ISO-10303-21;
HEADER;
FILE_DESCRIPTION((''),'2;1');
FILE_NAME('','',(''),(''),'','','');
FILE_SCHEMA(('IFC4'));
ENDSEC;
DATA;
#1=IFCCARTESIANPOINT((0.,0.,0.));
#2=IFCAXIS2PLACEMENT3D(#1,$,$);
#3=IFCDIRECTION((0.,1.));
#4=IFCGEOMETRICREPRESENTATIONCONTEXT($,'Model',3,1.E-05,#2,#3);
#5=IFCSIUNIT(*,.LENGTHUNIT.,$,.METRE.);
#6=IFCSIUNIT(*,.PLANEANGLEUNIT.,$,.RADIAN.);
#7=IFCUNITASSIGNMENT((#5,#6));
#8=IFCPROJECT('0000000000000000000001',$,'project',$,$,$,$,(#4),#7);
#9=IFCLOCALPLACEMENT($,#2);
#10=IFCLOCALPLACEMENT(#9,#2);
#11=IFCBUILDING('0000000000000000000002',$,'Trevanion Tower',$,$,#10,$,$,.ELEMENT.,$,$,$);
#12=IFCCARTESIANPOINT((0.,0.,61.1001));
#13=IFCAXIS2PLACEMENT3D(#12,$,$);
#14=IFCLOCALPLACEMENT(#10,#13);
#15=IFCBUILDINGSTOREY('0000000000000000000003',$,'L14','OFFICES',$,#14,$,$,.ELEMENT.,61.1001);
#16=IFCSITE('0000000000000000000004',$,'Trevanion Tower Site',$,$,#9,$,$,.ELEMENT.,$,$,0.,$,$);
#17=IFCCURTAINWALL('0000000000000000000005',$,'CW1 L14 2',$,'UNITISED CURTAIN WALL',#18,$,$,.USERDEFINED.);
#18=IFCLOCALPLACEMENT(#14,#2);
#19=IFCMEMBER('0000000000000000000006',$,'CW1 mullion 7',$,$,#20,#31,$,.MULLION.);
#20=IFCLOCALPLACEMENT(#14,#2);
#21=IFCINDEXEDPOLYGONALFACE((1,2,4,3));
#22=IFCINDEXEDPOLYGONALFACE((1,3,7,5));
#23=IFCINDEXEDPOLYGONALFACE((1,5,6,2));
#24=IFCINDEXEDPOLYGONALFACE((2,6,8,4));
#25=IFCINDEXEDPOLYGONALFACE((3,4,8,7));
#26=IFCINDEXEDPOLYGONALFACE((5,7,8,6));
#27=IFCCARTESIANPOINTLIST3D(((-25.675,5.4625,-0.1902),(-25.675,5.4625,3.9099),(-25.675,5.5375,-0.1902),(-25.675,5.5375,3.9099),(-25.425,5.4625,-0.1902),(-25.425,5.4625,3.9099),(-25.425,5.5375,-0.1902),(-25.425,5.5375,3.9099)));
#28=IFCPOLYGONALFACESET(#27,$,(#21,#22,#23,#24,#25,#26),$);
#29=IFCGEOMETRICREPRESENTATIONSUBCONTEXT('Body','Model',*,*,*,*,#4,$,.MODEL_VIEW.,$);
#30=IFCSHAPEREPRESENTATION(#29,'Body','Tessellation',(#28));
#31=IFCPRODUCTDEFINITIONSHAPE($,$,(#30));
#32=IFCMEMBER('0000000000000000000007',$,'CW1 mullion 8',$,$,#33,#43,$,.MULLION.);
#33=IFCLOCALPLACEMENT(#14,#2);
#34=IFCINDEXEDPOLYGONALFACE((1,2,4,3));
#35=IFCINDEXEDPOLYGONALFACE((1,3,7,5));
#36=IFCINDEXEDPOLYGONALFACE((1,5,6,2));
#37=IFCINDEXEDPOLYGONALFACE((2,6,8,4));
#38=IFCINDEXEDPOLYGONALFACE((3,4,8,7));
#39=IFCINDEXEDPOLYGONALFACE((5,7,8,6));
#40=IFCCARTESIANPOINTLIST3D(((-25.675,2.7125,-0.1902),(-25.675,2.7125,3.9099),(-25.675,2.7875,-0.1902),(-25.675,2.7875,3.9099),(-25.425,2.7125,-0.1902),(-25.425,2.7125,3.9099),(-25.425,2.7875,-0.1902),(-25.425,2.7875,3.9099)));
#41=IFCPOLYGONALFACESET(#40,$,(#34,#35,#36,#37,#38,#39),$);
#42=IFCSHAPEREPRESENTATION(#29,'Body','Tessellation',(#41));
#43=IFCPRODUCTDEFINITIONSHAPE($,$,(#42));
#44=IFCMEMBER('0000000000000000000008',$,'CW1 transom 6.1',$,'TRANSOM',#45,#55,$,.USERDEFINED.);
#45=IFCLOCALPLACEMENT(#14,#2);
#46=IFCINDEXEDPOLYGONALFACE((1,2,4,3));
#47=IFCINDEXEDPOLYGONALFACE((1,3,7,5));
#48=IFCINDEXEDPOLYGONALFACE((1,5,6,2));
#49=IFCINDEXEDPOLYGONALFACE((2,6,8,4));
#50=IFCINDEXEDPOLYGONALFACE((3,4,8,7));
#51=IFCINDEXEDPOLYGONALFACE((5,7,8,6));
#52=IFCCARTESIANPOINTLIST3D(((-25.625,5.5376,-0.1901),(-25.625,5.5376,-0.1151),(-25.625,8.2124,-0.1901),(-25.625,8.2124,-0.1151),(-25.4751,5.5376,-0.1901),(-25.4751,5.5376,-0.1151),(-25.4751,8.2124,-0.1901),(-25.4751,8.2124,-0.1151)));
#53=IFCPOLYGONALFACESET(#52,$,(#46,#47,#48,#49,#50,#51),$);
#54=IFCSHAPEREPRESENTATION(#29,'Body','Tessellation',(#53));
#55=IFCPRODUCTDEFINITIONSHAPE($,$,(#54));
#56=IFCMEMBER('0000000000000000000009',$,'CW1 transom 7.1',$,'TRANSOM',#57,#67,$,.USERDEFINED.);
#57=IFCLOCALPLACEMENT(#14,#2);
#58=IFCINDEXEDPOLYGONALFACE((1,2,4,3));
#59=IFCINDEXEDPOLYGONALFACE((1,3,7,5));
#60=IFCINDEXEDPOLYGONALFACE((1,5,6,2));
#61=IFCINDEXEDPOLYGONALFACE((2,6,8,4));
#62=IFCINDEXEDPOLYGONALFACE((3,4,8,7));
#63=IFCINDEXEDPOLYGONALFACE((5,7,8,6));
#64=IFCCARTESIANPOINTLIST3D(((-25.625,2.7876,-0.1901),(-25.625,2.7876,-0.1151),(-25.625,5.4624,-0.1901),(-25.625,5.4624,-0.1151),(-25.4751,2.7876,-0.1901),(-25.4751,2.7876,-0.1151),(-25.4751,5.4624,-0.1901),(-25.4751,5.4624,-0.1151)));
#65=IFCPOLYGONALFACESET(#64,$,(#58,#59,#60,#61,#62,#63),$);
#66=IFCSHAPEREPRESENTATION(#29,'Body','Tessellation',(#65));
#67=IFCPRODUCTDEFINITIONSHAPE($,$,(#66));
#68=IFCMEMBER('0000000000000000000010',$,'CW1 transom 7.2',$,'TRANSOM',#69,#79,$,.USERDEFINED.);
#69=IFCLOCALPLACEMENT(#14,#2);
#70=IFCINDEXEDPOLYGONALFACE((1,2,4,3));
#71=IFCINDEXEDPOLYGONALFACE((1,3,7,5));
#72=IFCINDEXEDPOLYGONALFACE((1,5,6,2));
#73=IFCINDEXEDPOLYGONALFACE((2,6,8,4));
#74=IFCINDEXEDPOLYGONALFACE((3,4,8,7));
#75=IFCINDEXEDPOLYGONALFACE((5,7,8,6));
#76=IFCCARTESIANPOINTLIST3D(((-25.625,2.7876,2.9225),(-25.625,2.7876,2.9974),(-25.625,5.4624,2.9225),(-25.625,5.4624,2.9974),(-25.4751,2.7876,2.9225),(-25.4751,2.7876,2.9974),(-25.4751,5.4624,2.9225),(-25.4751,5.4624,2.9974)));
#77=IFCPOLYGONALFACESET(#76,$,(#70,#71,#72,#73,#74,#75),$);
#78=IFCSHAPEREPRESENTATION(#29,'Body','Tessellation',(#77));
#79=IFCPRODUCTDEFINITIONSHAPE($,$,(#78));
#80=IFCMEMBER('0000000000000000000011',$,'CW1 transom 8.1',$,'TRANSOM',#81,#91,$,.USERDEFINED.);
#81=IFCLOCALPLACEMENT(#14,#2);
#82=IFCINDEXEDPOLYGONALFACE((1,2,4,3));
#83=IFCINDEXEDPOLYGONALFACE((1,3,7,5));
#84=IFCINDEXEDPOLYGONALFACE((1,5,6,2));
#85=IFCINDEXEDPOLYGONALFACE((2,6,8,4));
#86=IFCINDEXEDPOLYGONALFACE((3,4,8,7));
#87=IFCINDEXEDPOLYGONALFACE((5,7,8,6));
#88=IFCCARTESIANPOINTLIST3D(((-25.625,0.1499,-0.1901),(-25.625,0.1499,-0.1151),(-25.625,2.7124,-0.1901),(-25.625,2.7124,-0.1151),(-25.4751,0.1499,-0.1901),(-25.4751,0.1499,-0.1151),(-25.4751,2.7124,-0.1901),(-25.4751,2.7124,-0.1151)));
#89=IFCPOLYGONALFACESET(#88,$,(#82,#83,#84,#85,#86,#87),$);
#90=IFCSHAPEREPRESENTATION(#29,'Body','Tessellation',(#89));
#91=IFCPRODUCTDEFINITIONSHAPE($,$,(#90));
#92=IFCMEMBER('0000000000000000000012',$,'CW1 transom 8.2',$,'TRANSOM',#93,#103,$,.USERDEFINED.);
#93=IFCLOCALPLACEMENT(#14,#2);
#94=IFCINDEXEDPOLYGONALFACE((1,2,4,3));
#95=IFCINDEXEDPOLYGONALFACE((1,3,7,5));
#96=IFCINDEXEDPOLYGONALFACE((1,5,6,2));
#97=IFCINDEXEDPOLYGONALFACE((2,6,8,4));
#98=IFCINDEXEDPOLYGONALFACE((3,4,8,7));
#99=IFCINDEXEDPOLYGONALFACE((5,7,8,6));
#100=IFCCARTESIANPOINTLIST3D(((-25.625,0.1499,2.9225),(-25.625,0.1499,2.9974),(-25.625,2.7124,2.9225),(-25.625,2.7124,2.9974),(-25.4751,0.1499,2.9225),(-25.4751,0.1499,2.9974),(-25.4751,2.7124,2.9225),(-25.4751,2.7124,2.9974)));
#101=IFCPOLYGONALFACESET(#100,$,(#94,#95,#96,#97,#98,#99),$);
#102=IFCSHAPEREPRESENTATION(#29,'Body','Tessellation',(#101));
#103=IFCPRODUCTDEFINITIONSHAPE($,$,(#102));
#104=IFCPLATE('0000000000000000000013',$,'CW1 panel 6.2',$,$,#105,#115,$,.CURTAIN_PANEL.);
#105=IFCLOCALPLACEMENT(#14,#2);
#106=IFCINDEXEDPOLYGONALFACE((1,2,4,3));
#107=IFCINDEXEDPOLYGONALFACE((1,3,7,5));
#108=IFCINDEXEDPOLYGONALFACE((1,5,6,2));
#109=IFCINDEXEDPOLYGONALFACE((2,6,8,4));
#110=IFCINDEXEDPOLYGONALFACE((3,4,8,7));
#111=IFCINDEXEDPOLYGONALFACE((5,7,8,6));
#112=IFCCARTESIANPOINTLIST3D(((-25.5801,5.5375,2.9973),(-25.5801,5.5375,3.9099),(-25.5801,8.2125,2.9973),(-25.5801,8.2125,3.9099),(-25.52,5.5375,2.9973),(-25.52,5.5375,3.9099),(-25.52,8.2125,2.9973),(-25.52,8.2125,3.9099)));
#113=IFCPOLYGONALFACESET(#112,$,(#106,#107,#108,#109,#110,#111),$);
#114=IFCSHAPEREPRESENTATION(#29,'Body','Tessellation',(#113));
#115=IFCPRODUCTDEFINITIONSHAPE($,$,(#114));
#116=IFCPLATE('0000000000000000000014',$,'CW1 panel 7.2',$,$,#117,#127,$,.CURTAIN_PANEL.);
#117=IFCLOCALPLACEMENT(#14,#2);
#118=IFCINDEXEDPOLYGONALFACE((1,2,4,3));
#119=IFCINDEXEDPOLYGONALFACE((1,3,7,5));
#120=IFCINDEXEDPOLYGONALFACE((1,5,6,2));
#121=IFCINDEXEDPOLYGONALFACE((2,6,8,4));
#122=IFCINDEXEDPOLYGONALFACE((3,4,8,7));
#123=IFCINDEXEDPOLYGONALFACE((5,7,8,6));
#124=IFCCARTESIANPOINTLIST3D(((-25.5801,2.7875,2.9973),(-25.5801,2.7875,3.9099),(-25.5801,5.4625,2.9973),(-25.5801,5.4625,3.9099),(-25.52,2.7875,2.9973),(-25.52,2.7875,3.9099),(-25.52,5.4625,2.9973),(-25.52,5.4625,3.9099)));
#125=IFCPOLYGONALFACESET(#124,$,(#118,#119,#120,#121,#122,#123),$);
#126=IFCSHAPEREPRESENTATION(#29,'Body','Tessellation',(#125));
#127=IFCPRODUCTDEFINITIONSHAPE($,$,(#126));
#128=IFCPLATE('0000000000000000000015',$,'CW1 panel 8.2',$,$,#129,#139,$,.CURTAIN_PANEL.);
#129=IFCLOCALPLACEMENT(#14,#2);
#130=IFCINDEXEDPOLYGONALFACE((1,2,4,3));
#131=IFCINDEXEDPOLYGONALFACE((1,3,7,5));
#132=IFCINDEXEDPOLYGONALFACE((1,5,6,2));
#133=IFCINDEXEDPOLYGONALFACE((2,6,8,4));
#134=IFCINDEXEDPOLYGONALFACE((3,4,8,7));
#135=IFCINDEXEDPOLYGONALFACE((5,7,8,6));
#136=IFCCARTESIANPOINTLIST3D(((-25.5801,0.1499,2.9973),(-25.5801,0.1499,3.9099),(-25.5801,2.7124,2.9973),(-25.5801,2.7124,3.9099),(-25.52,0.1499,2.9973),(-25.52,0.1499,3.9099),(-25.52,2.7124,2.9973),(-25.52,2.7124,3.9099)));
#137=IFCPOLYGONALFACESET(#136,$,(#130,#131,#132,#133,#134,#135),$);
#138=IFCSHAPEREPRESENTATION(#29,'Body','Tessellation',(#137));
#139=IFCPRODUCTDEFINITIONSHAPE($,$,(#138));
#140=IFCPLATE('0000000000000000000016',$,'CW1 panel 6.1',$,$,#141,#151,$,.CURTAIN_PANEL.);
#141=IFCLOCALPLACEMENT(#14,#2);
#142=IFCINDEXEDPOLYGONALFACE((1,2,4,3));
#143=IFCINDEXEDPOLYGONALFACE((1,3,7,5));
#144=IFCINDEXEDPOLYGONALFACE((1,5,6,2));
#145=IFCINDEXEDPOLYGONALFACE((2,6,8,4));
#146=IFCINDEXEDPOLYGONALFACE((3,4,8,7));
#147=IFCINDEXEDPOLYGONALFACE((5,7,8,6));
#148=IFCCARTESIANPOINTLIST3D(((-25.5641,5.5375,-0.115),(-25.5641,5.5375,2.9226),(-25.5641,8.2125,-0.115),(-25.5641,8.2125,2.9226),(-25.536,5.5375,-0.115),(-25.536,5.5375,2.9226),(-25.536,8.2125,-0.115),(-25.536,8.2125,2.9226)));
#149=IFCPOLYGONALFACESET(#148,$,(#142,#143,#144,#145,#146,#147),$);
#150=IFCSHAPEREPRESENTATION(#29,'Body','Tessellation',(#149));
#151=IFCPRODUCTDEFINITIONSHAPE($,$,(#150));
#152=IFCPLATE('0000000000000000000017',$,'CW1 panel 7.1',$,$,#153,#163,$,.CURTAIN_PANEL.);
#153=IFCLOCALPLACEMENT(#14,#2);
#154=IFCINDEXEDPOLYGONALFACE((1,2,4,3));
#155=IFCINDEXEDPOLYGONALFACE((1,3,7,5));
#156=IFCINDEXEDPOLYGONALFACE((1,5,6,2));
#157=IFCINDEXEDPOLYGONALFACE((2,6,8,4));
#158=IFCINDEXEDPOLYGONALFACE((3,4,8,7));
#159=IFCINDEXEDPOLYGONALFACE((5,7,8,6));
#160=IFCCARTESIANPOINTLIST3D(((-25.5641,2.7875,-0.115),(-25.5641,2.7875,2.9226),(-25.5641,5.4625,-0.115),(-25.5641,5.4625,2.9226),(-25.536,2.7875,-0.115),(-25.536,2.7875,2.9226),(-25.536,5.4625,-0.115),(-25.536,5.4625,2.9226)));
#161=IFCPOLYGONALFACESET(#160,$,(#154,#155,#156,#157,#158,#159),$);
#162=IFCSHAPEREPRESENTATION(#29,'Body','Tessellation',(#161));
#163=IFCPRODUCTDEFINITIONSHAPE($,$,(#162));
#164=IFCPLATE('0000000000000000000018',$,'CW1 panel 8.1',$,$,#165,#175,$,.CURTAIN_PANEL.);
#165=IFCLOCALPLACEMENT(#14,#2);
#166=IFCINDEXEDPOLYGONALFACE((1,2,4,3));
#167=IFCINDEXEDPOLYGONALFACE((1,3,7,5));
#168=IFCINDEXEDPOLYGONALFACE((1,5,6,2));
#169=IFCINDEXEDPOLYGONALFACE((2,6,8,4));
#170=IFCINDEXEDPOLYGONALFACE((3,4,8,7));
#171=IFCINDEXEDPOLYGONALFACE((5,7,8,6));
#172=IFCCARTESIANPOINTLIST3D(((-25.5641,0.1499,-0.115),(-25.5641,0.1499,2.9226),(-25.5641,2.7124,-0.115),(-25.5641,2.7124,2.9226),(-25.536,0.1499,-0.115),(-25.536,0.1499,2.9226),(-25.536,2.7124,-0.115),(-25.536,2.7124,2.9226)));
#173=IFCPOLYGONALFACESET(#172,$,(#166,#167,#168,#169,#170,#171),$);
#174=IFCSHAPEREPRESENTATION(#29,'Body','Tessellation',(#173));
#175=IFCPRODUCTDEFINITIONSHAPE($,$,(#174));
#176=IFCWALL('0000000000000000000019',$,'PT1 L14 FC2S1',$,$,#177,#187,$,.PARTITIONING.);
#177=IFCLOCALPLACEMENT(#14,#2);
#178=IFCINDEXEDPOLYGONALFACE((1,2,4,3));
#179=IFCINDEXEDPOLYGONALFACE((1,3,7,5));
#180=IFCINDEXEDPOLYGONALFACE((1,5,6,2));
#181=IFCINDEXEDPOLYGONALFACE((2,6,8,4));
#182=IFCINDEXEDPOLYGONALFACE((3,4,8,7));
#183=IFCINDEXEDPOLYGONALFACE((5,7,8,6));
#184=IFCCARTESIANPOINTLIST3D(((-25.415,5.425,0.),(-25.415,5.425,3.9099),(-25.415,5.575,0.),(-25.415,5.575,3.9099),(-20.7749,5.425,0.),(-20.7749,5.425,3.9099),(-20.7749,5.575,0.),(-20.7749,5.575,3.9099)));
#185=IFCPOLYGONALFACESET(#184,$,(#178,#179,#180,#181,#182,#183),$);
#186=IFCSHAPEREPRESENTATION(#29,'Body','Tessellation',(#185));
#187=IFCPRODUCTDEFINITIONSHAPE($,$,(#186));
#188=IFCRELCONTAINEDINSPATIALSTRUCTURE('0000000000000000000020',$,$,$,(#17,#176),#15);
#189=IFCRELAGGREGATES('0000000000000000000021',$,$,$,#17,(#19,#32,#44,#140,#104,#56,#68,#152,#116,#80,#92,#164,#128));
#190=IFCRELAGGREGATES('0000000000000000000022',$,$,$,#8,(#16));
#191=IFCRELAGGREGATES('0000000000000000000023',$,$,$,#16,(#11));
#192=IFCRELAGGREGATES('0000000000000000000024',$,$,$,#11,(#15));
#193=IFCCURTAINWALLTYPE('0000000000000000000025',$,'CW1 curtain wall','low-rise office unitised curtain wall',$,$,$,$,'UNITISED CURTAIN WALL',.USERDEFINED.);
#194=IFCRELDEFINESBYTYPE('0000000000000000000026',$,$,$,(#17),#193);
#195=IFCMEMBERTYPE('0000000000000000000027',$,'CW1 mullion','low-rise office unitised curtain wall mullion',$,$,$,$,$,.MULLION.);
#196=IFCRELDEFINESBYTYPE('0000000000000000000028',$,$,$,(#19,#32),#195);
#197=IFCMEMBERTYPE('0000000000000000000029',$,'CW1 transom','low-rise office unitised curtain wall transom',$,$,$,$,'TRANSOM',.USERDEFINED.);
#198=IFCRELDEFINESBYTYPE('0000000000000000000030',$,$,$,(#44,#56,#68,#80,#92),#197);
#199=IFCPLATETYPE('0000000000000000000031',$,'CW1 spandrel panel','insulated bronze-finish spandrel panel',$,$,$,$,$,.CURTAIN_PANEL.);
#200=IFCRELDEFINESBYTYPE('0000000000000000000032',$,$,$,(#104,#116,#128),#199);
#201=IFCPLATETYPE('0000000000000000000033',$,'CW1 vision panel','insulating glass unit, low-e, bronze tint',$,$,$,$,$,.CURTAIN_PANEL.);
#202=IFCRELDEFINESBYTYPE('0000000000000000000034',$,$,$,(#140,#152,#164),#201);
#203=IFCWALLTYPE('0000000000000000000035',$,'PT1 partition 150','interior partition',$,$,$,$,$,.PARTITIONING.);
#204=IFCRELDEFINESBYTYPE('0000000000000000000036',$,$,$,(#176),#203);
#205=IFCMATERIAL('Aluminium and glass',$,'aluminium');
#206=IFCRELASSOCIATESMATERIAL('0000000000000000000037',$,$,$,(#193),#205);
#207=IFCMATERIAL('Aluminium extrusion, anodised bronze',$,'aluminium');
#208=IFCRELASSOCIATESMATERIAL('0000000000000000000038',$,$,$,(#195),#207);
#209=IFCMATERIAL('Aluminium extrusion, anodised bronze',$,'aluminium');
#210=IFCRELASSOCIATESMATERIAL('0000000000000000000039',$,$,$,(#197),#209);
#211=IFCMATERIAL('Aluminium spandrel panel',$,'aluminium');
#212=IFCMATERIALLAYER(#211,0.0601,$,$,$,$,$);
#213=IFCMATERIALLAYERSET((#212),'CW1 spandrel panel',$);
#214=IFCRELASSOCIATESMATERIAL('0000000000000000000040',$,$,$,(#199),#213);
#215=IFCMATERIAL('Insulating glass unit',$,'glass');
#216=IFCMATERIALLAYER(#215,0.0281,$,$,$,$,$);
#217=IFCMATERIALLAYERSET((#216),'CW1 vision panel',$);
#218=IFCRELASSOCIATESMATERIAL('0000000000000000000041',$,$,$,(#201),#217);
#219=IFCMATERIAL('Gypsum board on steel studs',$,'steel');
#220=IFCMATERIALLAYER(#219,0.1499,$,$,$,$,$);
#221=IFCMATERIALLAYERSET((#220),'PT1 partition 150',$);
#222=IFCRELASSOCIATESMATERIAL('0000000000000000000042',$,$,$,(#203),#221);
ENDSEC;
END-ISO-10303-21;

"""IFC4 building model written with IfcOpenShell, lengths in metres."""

from ifc_helpers import new_model, si_unit, direction, frame, frame_2d, origin, origin_2d, place, context, subcontext, project, spatial, rectangle, extrude, material, layer, layer_set, material_profile, profile_set, type_object, element, aggregate, save


model = new_model("IFC4")

# Units and contexts
model_context = context("Model", 3, precision=1e-05, world=origin(), true_north=direction((0.0, 1.0)))
body_context = subcontext(model_context, "Body", "Model", "MODEL_VIEW")
ifc_project = project(units=[si_unit("LENGTHUNIT", "METRE"), si_unit("PLANEANGLEUNIT", "RADIAN")], contexts=[model_context])

# Site, building, storey
site_placement = place(None, origin())
site = spatial("IfcSite", under=ifc_project, at=site_placement, Name="Trevanion Tower Site", CompositionType="ELEMENT", RefElevation=0.0)
building_placement = place(site_placement, origin())
building = spatial("IfcBuilding", under=site, at=building_placement, Name="Trevanion Tower", CompositionType="ELEMENT")
storey_placement = place(building_placement, frame((0.0, 0.0, 61.1001)))
storey = spatial("IfcBuildingStorey", under=building, at=storey_placement, Name="L14", Description="OFFICES", CompositionType="ELEMENT", Elevation=61.1001)

# Curtain wall, members, plates
ifc_material_1 = material(Name="Aluminium and glass", Category="aluminium")
curtain_wall_type = type_object("IfcCurtainWallType", Name="CW1 curtain wall", Description="low-rise office unitised curtain wall", ElementType="UNITISED CURTAIN WALL", PredefinedType="USERDEFINED", material=ifc_material_1)
curtain_wall_placement = place(storey_placement, origin())
curtain_wall = element("IfcCurtainWall", 1, at=curtain_wall_placement, inside=storey, type_object=curtain_wall_type, Name="CW1 L14 2", ObjectType="UNITISED CURTAIN WALL", PredefinedType="USERDEFINED")
ifc_material_2 = material(Name="Aluminium extrusion, anodised bronze", Category="aluminium")
ifc_material_profile_1 = material_profile(ifc_material_2, rectangle(XDim=0.075, YDim=0.25, at=origin_2d()), Name="CW1 mullion")
ifc_profile_set_1 = profile_set([ifc_material_profile_1], Name="Aluminium extrusion, anodised bronze")
member_type_1 = type_object("IfcMemberType", Name="CW1 mullion", Description="low-rise office unitised curtain wall mullion", PredefinedType="MULLION", material=ifc_profile_set_1)
member_1_placement = place(storey_placement, frame((-25.55, 5.5, -0.1902), z_axis=(0.0, 0.0, 1.0), x_axis=(0.0, -1.0, 0.0)))
member_1 = element("IfcMember", 2, at=member_1_placement, type_object=member_type_1, Name="CW1 mullion 7", PredefinedType="MULLION", context=body_context, shape_type="SweptSolid", body=[
    extrude(rectangle(XDim=0.075, YDim=0.25, at=origin_2d()), origin(), (0.0, 0.0, 1.0), 4.1001),
])
member_2_placement = place(storey_placement, frame((-25.55, 2.75, -0.1902), z_axis=(0.0, 0.0, 1.0), x_axis=(0.0, -1.0, 0.0)))
member_2 = element("IfcMember", 3, at=member_2_placement, type_object=member_type_1, Name="CW1 mullion 8", PredefinedType="MULLION", context=body_context, shape_type="SweptSolid", body=[
    extrude(rectangle(XDim=0.075, YDim=0.25, at=origin_2d()), origin(), (0.0, 0.0, 1.0), 4.1001),
])
ifc_material_3 = material(Name="Aluminium extrusion, anodised bronze", Category="aluminium")
ifc_material_profile_2 = material_profile(ifc_material_3, rectangle(XDim=0.1499, YDim=0.075, at=origin_2d()), Name="CW1 transom")
ifc_profile_set_2 = profile_set([ifc_material_profile_2], Name="Aluminium extrusion, anodised bronze")
member_type_2 = type_object("IfcMemberType", Name="CW1 transom", Description="low-rise office unitised curtain wall transom", ElementType="TRANSOM", PredefinedType="USERDEFINED", material=ifc_profile_set_2)
member_3_placement = place(storey_placement, frame((-25.55, 8.2124, -0.1526), z_axis=(0.0, -1.0, 0.0), x_axis=(1.0, 0.0, 0.0)))
member_3 = element("IfcMember", 4, at=member_3_placement, type_object=member_type_2, Name="CW1 transom 6.1", ObjectType="TRANSOM", PredefinedType="USERDEFINED", context=body_context, shape_type="SweptSolid", body=[
    extrude(rectangle(XDim=0.1499, YDim=0.075, at=origin_2d()), origin(), (0.0, 0.0, 1.0), 2.6748),
])
member_4_placement = place(storey_placement, frame((-25.55, 5.4624, -0.1526), z_axis=(0.0, -1.0, 0.0), x_axis=(1.0, 0.0, 0.0)))
member_4 = element("IfcMember", 5, at=member_4_placement, type_object=member_type_2, Name="CW1 transom 7.1", ObjectType="TRANSOM", PredefinedType="USERDEFINED", context=body_context, shape_type="SweptSolid", body=[
    extrude(rectangle(XDim=0.1499, YDim=0.075, at=origin_2d()), origin(), (0.0, 0.0, 1.0), 2.6748),
])
member_5_placement = place(storey_placement, frame((-25.55, 5.4624, 2.96), z_axis=(0.0, -1.0, 0.0), x_axis=(1.0, 0.0, 0.0)))
member_5 = element("IfcMember", 6, at=member_5_placement, type_object=member_type_2, Name="CW1 transom 7.2", ObjectType="TRANSOM", PredefinedType="USERDEFINED", context=body_context, shape_type="SweptSolid", body=[
    extrude(rectangle(XDim=0.1499, YDim=0.075, at=origin_2d()), origin(), (0.0, 0.0, 1.0), 2.6748),
])
member_6_placement = place(storey_placement, frame((-25.55, 2.7124, -0.1526), z_axis=(0.0, -1.0, 0.0), x_axis=(1.0, 0.0, 0.0)))
member_6 = element("IfcMember", 7, at=member_6_placement, type_object=member_type_2, Name="CW1 transom 8.1", ObjectType="TRANSOM", PredefinedType="USERDEFINED", context=body_context, shape_type="SweptSolid", body=[
    extrude(rectangle(XDim=0.1499, YDim=0.075, at=origin_2d()), origin(), (0.0, 0.0, 1.0), 2.5625),
])
member_7_placement = place(storey_placement, frame((-25.55, 2.7124, 2.96), z_axis=(0.0, -1.0, 0.0), x_axis=(1.0, 0.0, 0.0)))
member_7 = element("IfcMember", 8, at=member_7_placement, type_object=member_type_2, Name="CW1 transom 8.2", ObjectType="TRANSOM", PredefinedType="USERDEFINED", context=body_context, shape_type="SweptSolid", body=[
    extrude(rectangle(XDim=0.1499, YDim=0.075, at=origin_2d()), origin(), (0.0, 0.0, 1.0), 2.5625),
])
ifc_material_4 = material(Name="Aluminium spandrel panel", Category="aluminium")
ifc_layer_1 = layer(ifc_material_4, 0.0601)
ifc_layer_set_1 = layer_set([ifc_layer_1], Name="CW1 spandrel panel")
plate_type_1 = type_object("IfcPlateType", Name="CW1 spandrel panel", Description="insulated bronze-finish spandrel panel", PredefinedType="CURTAIN_PANEL", material=ifc_layer_set_1)
plate_1_placement = place(storey_placement, frame((-25.55, 6.875, 2.9973), z_axis=(0.0, 0.0, 1.0), x_axis=(0.0, -1.0, 0.0)))
plate_1 = element("IfcPlate", 9, at=plate_1_placement, type_object=plate_type_1, Name="CW1 panel 6.2", PredefinedType="CURTAIN_PANEL", context=body_context, shape_type="SweptSolid", body=[
    extrude(rectangle(XDim=2.675, YDim=0.0601, at=origin_2d()), origin(), (0.0, 0.0, 1.0), 0.9126),
])
plate_2_placement = place(storey_placement, frame((-25.55, 4.125, 2.9973), z_axis=(0.0, 0.0, 1.0), x_axis=(0.0, -1.0, 0.0)))
plate_2 = element("IfcPlate", 10, at=plate_2_placement, type_object=plate_type_1, Name="CW1 panel 7.2", PredefinedType="CURTAIN_PANEL", context=body_context, shape_type="SweptSolid", body=[
    extrude(rectangle(XDim=2.675, YDim=0.0601, at=origin_2d()), origin(), (0.0, 0.0, 1.0), 0.9126),
])
plate_3_placement = place(storey_placement, frame((-25.55, 1.4312, 2.9973), z_axis=(0.0, 0.0, 1.0), x_axis=(0.0, -1.0, 0.0)))
plate_3 = element("IfcPlate", 11, at=plate_3_placement, type_object=plate_type_1, Name="CW1 panel 8.2", PredefinedType="CURTAIN_PANEL", context=body_context, shape_type="SweptSolid", body=[
    extrude(rectangle(XDim=2.5625, YDim=0.0601, at=origin_2d()), origin(), (0.0, 0.0, 1.0), 0.9126),
])
ifc_material_5 = material(Name="Insulating glass unit", Category="glass")
ifc_layer_2 = layer(ifc_material_5, 0.0281)
ifc_layer_set_2 = layer_set([ifc_layer_2], Name="CW1 vision panel")
plate_type_2 = type_object("IfcPlateType", Name="CW1 vision panel", Description="insulating glass unit, low-e, bronze tint", PredefinedType="CURTAIN_PANEL", material=ifc_layer_set_2)
plate_4_placement = place(storey_placement, frame((-25.55, 6.875, -0.115), z_axis=(0.0, 0.0, 1.0), x_axis=(0.0, -1.0, 0.0)))
plate_4 = element("IfcPlate", 12, at=plate_4_placement, type_object=plate_type_2, Name="CW1 panel 6.1", PredefinedType="CURTAIN_PANEL", context=body_context, shape_type="SweptSolid", body=[
    extrude(rectangle(XDim=2.675, YDim=0.0281, at=origin_2d()), origin(), (0.0, 0.0, 1.0), 3.0376),
])
plate_5_placement = place(storey_placement, frame((-25.55, 4.125, -0.115), z_axis=(0.0, 0.0, 1.0), x_axis=(0.0, -1.0, 0.0)))
plate_5 = element("IfcPlate", 13, at=plate_5_placement, type_object=plate_type_2, Name="CW1 panel 7.1", PredefinedType="CURTAIN_PANEL", context=body_context, shape_type="SweptSolid", body=[
    extrude(rectangle(XDim=2.675, YDim=0.0281, at=origin_2d()), origin(), (0.0, 0.0, 1.0), 3.0376),
])
plate_6_placement = place(storey_placement, frame((-25.55, 1.4312, -0.115), z_axis=(0.0, 0.0, 1.0), x_axis=(0.0, -1.0, 0.0)))
plate_6 = element("IfcPlate", 14, at=plate_6_placement, type_object=plate_type_2, Name="CW1 panel 8.1", PredefinedType="CURTAIN_PANEL", context=body_context, shape_type="SweptSolid", body=[
    extrude(rectangle(XDim=2.5625, YDim=0.0281, at=origin_2d()), origin(), (0.0, 0.0, 1.0), 3.0376),
])
aggregate(curtain_wall, [member_1, member_2, member_3, plate_4, plate_1, member_4, member_5, plate_5, plate_2, member_6, member_7, plate_6, plate_3])

# Wall
ifc_material_6 = material(Name="Gypsum board on steel studs", Category="steel")
ifc_layer_3 = layer(ifc_material_6, 0.1499)
ifc_layer_set_3 = layer_set([ifc_layer_3], Name="PT1 partition 150")
wall_type = type_object("IfcWallType", Name="PT1 partition 150", Description="interior partition", PredefinedType="PARTITIONING", material=ifc_layer_set_3)
for number, where, z_axis, x_axis, name in (
    (15, (-20.7749, 5.5, 0.0), (0.0, 0.0, 1.0), (-1.0, 0.0, 0.0), "PT1 L14 FC2S1"),
):
    element("IfcWall", number, at=place(storey_placement, frame(where, z_axis=z_axis, x_axis=x_axis)), inside=storey, type_object=wall_type, Name=name, PredefinedType="PARTITIONING", context=body_context, shape_type="SweptSolid", body=[
        extrude(rectangle(XDim=4.6401, YDim=0.1499, at=frame_2d((2.3201, 0.0))), origin(), (0.0, 0.0, 1.0), 3.9099),
    ])

save(model, "model.ifc")
